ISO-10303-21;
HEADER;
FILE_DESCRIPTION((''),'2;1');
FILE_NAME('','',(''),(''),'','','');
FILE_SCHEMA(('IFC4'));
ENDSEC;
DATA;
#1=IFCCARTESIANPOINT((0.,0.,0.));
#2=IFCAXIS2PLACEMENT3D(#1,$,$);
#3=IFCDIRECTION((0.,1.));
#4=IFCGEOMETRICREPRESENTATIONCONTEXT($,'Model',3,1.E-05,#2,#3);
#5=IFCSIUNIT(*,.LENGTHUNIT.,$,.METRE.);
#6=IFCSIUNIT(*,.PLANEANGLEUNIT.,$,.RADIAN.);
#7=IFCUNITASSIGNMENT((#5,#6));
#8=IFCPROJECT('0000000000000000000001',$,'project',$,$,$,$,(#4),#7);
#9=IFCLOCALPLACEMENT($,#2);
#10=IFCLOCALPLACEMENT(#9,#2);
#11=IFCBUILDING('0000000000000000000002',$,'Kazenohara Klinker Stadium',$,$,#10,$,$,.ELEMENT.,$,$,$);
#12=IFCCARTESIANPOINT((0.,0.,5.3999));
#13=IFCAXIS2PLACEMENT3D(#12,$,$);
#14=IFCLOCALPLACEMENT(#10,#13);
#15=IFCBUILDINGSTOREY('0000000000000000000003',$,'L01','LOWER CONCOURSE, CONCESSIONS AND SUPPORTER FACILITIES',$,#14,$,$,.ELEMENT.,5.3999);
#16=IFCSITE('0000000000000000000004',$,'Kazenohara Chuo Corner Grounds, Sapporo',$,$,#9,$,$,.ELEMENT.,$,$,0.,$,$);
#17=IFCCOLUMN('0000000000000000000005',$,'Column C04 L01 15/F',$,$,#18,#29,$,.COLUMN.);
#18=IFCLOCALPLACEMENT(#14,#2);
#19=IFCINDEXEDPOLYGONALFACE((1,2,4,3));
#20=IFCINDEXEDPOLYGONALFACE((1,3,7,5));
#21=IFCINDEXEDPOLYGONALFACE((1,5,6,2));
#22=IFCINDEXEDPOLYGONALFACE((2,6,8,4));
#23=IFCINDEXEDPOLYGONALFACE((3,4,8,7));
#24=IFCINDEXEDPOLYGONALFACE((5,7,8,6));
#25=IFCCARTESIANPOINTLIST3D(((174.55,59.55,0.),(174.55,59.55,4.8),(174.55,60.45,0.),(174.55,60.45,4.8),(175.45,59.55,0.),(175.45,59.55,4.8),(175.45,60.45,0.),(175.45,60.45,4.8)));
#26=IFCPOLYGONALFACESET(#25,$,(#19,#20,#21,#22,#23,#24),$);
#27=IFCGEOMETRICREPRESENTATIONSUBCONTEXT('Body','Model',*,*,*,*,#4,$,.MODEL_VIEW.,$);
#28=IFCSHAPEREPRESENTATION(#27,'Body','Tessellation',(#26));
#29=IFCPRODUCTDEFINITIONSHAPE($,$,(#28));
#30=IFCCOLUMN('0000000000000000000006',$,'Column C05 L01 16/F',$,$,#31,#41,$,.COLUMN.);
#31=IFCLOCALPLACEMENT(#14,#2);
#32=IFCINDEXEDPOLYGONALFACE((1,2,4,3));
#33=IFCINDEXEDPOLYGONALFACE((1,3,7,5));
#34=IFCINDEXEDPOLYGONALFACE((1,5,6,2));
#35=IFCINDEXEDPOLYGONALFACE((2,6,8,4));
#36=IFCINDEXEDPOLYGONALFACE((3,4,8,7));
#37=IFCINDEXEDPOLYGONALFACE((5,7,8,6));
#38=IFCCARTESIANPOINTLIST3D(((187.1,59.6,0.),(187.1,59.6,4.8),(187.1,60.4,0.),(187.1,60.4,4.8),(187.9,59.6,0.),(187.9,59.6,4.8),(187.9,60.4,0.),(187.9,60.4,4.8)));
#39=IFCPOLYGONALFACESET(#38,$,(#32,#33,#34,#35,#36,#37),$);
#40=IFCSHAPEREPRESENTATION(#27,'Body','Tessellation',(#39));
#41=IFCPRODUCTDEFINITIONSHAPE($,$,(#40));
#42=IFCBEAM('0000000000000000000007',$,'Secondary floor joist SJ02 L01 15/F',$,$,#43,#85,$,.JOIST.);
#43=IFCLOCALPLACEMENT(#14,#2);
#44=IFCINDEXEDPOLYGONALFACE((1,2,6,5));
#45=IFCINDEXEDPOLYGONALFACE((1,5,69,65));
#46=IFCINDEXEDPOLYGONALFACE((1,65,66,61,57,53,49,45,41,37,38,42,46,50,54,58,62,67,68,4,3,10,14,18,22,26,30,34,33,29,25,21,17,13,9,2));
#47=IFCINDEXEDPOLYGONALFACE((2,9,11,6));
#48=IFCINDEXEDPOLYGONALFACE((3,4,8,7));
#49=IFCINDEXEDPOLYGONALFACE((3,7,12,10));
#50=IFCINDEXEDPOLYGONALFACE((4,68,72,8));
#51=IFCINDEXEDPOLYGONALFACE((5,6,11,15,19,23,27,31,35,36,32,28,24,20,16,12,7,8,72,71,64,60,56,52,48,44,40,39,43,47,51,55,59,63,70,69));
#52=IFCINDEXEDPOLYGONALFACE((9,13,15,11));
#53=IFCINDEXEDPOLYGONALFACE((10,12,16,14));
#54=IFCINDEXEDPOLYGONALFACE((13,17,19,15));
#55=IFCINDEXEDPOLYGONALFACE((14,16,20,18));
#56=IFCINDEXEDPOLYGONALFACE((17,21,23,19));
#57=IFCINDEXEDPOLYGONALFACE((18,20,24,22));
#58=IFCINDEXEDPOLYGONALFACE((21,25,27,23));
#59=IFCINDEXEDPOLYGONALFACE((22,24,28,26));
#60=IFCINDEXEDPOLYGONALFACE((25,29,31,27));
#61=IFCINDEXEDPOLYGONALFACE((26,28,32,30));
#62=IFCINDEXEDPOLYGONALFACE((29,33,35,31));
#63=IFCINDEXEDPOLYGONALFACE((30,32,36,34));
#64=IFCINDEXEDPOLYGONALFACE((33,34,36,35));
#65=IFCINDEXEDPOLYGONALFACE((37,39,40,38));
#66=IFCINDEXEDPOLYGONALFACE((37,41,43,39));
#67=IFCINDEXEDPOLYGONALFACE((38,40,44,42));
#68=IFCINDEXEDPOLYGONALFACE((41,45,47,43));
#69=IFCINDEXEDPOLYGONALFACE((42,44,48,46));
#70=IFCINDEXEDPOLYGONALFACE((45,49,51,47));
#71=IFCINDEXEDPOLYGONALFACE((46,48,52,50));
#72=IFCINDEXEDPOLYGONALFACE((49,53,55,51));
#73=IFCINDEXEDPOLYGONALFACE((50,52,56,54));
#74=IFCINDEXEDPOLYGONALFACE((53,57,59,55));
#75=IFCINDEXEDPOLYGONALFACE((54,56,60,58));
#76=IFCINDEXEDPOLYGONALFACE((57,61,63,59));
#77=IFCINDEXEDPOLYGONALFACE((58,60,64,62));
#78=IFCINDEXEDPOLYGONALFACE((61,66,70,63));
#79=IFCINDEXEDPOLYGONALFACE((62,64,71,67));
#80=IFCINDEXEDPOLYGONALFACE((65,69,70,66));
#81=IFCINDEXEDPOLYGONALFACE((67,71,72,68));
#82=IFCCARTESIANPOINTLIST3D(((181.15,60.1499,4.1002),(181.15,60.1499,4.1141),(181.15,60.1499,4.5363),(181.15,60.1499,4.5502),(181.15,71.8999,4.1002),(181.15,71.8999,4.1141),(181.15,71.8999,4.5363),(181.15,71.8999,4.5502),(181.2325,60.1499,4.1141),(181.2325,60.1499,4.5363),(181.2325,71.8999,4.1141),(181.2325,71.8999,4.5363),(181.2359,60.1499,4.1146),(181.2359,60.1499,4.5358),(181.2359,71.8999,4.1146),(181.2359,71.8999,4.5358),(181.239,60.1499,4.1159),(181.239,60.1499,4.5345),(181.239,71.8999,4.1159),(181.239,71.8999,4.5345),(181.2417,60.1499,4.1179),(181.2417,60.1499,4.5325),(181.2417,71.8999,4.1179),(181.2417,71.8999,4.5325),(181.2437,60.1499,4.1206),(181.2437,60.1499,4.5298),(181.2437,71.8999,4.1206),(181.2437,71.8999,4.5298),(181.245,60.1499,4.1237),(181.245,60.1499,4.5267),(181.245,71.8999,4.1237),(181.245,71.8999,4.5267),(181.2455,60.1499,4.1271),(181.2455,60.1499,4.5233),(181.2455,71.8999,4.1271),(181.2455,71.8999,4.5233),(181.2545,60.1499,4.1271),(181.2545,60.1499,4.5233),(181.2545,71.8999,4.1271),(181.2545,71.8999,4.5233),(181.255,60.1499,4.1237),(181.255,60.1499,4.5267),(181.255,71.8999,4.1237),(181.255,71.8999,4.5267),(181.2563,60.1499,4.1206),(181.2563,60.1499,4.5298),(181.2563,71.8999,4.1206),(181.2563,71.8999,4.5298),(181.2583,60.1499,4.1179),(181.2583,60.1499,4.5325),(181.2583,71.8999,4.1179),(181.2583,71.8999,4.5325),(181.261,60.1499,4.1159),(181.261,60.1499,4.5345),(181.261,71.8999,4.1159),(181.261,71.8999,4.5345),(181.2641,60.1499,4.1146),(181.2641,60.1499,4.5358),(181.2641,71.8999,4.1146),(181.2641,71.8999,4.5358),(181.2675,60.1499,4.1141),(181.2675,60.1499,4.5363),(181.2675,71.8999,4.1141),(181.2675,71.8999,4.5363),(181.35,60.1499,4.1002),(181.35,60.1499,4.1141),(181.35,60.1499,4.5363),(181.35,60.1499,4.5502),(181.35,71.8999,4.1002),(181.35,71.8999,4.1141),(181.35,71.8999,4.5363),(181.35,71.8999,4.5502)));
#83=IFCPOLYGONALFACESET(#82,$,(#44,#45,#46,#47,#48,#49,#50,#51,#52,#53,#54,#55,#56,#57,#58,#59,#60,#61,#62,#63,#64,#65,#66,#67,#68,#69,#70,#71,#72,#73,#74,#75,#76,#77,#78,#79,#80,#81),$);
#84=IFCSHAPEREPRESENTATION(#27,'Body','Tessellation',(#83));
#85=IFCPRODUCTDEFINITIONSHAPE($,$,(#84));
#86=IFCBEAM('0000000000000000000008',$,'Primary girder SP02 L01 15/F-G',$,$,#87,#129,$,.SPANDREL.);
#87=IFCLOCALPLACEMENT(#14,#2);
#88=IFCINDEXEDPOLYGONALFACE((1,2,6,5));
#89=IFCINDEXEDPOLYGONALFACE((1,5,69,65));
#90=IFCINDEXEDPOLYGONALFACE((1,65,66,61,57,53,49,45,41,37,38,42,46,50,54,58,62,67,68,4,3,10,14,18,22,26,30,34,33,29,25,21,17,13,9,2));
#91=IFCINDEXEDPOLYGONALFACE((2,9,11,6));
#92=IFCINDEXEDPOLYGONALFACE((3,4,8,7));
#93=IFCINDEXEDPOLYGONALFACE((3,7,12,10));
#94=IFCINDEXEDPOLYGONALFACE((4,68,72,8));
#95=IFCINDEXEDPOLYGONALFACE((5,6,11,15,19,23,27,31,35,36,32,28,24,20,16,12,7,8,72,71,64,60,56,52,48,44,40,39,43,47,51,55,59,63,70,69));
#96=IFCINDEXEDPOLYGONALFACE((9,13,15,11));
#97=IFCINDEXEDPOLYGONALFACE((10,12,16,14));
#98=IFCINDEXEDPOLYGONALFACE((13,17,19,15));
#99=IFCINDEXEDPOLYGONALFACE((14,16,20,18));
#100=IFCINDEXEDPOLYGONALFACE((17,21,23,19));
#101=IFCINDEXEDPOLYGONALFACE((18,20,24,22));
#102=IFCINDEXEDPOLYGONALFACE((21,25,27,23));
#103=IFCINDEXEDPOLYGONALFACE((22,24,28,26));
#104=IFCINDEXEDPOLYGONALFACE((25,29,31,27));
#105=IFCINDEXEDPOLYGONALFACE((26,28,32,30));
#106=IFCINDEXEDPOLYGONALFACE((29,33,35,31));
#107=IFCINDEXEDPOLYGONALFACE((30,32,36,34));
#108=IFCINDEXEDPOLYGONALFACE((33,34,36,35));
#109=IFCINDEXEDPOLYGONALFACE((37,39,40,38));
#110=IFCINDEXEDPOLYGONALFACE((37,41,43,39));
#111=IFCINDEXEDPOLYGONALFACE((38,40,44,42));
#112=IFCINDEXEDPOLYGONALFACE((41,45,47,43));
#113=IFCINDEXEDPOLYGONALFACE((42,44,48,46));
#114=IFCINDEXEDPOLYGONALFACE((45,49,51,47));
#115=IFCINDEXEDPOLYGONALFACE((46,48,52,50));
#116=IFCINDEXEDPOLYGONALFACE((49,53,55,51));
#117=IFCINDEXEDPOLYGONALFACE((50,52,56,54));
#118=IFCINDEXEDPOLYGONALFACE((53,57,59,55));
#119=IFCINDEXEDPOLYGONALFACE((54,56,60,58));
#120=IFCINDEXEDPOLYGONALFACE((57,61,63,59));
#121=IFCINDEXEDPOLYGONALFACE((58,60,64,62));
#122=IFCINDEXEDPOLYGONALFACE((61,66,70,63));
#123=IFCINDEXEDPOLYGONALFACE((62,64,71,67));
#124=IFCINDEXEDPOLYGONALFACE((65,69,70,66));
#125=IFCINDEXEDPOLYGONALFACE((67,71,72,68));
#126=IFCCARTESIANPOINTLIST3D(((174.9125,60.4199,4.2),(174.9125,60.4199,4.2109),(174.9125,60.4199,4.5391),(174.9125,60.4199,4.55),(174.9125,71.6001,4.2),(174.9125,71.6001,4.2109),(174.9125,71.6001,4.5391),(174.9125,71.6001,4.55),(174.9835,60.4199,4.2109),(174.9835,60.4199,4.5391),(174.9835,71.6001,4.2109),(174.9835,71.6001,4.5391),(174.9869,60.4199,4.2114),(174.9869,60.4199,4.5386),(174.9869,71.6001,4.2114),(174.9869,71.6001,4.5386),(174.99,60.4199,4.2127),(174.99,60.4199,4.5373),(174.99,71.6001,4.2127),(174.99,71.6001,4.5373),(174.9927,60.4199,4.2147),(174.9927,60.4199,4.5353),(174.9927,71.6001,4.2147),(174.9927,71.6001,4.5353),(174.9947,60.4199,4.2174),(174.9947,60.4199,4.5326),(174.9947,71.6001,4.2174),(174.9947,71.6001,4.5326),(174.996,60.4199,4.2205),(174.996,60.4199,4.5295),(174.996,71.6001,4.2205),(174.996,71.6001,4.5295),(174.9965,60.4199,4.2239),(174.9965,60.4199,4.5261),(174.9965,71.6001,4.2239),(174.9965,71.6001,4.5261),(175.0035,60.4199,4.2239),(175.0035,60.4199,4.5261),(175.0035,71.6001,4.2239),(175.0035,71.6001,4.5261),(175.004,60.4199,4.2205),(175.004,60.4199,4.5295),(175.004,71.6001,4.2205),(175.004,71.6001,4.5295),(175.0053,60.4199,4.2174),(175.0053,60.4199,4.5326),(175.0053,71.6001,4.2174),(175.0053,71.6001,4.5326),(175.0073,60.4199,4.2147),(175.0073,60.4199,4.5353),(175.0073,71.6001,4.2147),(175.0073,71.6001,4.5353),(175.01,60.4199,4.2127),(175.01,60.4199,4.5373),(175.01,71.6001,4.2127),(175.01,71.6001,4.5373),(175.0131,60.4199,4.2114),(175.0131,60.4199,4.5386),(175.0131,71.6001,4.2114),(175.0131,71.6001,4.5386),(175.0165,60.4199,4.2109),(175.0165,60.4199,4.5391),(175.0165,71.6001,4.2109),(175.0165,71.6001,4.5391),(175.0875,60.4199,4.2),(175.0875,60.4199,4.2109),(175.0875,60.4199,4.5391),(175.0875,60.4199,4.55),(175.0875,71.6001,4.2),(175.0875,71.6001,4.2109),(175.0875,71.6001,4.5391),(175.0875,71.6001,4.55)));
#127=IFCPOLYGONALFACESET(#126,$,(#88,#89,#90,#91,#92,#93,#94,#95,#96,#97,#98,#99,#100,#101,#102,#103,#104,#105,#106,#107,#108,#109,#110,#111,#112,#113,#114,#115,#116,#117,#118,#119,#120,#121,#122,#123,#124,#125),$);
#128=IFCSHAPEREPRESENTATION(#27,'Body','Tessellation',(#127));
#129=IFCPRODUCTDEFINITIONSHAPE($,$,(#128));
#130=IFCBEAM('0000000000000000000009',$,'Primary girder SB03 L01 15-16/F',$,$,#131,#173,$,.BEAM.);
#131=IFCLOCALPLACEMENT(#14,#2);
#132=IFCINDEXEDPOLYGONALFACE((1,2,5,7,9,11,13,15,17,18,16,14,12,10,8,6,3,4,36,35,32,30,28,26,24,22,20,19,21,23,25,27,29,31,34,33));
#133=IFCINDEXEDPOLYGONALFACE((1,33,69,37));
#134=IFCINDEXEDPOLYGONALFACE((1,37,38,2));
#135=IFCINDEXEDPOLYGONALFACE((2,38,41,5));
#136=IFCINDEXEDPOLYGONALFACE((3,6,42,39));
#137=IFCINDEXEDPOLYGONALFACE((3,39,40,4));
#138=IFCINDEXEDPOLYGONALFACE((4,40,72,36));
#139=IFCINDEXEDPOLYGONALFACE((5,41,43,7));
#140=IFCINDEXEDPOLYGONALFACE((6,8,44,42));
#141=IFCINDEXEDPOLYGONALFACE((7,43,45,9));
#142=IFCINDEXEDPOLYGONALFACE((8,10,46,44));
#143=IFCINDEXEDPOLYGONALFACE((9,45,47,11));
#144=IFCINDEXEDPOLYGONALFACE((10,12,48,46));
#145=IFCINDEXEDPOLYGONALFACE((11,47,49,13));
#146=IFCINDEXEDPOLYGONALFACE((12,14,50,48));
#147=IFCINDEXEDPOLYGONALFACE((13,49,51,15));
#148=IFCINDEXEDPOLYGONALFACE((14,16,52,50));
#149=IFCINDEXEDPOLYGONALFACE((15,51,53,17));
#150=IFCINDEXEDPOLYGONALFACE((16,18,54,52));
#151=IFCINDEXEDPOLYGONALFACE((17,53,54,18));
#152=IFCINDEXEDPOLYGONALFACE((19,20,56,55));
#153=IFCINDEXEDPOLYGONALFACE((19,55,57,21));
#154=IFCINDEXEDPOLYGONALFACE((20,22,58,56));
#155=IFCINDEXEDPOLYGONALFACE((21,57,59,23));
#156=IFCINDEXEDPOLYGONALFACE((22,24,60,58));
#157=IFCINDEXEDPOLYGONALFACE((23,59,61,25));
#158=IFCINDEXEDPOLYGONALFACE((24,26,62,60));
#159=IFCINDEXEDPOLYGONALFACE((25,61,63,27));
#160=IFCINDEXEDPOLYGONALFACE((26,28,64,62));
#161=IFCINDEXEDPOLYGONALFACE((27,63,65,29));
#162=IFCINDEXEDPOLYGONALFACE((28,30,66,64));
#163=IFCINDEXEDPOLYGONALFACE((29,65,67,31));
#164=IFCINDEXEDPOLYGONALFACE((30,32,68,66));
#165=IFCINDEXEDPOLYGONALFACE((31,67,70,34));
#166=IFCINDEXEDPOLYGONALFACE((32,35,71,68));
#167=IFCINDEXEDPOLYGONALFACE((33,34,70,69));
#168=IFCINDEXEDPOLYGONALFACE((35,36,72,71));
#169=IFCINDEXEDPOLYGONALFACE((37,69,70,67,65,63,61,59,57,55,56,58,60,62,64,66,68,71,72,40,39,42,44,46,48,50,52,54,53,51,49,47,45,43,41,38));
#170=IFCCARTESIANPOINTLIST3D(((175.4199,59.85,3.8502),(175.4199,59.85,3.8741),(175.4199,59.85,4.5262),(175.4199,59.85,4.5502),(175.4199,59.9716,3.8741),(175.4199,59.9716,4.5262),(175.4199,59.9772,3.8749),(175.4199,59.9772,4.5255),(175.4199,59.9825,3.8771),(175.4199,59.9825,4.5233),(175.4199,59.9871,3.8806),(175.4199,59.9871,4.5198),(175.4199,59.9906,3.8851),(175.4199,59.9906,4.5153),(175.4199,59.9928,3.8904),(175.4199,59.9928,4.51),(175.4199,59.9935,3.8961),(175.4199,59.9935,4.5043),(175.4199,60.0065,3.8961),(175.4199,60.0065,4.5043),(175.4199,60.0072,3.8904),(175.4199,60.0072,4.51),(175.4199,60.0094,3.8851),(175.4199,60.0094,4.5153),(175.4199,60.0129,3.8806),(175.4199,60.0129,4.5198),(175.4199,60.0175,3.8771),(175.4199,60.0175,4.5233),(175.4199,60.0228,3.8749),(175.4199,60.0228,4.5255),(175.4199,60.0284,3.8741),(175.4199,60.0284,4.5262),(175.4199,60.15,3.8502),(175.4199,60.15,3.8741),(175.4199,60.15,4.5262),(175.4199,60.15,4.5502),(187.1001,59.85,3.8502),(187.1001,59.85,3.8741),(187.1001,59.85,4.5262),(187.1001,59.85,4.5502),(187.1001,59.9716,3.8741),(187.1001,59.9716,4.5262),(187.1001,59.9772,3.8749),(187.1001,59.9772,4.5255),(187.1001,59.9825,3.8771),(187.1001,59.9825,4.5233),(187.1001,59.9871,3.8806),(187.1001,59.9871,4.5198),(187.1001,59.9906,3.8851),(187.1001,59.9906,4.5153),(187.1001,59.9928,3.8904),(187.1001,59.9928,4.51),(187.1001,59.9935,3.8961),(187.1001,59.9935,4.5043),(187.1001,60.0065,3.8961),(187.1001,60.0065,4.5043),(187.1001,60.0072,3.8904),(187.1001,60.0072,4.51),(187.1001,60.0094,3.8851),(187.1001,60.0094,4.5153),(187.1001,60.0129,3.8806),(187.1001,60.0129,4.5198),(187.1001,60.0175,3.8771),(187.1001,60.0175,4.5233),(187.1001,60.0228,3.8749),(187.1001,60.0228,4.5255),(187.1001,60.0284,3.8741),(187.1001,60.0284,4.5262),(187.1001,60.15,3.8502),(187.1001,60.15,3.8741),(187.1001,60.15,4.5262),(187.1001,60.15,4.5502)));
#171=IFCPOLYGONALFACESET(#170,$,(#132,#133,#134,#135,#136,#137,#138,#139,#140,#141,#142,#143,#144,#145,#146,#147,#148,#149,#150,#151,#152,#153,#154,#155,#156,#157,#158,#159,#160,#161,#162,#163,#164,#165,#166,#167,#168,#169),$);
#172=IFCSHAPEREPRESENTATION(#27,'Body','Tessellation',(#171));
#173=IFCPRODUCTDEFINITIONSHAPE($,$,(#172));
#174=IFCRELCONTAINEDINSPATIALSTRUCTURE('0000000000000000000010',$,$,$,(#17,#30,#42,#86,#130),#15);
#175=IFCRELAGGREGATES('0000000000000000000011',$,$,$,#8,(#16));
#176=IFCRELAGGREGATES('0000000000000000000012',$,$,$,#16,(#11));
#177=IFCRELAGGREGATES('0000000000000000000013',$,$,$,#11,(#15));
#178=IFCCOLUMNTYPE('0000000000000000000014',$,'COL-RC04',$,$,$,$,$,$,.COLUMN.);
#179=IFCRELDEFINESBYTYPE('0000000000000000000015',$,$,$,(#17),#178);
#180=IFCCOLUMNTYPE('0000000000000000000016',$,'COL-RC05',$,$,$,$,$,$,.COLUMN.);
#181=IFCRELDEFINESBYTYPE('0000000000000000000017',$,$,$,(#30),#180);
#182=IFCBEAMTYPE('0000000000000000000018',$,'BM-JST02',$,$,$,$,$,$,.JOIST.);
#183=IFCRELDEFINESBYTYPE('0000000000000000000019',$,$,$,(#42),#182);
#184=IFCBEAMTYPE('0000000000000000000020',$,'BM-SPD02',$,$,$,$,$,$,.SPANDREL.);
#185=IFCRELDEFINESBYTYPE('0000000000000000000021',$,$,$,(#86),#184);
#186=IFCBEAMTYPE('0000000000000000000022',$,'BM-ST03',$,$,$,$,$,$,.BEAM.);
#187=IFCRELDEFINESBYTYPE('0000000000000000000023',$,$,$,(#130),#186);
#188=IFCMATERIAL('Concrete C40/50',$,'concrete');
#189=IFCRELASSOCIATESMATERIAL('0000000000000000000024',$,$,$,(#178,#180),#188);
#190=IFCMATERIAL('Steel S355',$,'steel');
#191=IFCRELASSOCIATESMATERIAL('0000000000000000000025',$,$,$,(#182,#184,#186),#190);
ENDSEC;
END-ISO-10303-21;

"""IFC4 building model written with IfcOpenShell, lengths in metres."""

from ifc_helpers import new_model, si_unit, direction, frame, origin, origin_2d, place, context, subcontext, project, spatial, rectangle, i_section, extrude, material, material_profile, profile_set, type_object, element, save


model = new_model("IFC4")

# Units and contexts
model_context = context("Model", 3, precision=1e-05, world=origin(), true_north=direction((0.0, 1.0)))
body_context = subcontext(model_context, "Body", "Model", "MODEL_VIEW")
ifc_project = project(units=[si_unit("LENGTHUNIT", "METRE"), si_unit("PLANEANGLEUNIT", "RADIAN")], contexts=[model_context])

# Site, building, storey
site_placement = place(None, origin())
site = spatial("IfcSite", under=ifc_project, at=site_placement, Name="Kazenohara Chuo Corner Grounds, Sapporo", CompositionType="ELEMENT", RefElevation=0.0)
building_placement = place(site_placement, origin())
building = spatial("IfcBuilding", under=site, at=building_placement, Name="Kazenohara Klinker Stadium", CompositionType="ELEMENT")
storey_placement = place(building_placement, frame((0.0, 0.0, 5.3999)))
storey = spatial("IfcBuildingStorey", under=building, at=storey_placement, Name="L01", Description="LOWER CONCOURSE, CONCESSIONS AND SUPPORTER FACILITIES", CompositionType="ELEMENT", Elevation=5.3999)

# Columns
ifc_material_1 = material(Name="Concrete C40/50", Category="concrete")
ifc_material_profile_1 = material_profile(ifc_material_1, rectangle(XDim=0.8999, YDim=0.8999, at=origin_2d()), Name="RC-COL-900x900")
ifc_profile_set_1 = profile_set([ifc_material_profile_1], Name="Concrete C40/50")
column_type_1 = type_object("IfcColumnType", Name="COL-RC04", PredefinedType="COLUMN", material=ifc_profile_set_1)
column_1_placement = place(storey_placement, frame((175.0, 60.0, 0.0), z_axis=(0.0, 0.0, 1.0), x_axis=(1.0, 0.0, 0.0)))
element("IfcColumn", 1, at=column_1_placement, inside=storey, type_object=column_type_1, Name="Column C04 L01 15/F", PredefinedType="COLUMN", context=body_context, shape_type="SweptSolid", body=[
    extrude(rectangle(XDim=0.8999, YDim=0.8999, at=origin_2d()), origin(), (0.0, 0.0, 1.0), 4.8),
])
ifc_material_profile_2 = material_profile(ifc_material_1, rectangle(XDim=0.8, YDim=0.8, at=origin_2d()), Name="RC-COL-800x800")
ifc_profile_set_2 = profile_set([ifc_material_profile_2], Name="Concrete C40/50")
column_type_2 = type_object("IfcColumnType", Name="COL-RC05", PredefinedType="COLUMN", material=ifc_profile_set_2)
column_2_placement = place(storey_placement, frame((187.5, 60.0, 0.0), z_axis=(0.0, 0.0, 1.0), x_axis=(1.0, 0.0, 0.0)))
element("IfcColumn", 2, at=column_2_placement, inside=storey, type_object=column_type_2, Name="Column C05 L01 16/F", PredefinedType="COLUMN", context=body_context, shape_type="SweptSolid", body=[
    extrude(rectangle(XDim=0.8, YDim=0.8, at=origin_2d()), origin(), (0.0, 0.0, 1.0), 4.8),
])

# Beams
ifc_material_2 = material(Name="Steel S355", Category="steel")
ifc_material_profile_3 = material_profile(ifc_material_2, i_section(OverallWidth=0.2, OverallDepth=0.45, WebThickness=0.009, FlangeThickness=0.0139, FilletRadius=0.0129, at=origin_2d()), Name="H-450x200x9x14")
ifc_profile_set_3 = profile_set([ifc_material_profile_3], Name="Steel S355")
beam_type_1 = type_object("IfcBeamType", Name="BM-JST02", PredefinedType="JOIST", material=ifc_profile_set_3)
beam_1_placement = place(storey_placement, frame((181.25, 60.1499, 4.3252), z_axis=(0.0, 1.0, 0.0), x_axis=(-1.0, 0.0, 0.0)))
element("IfcBeam", 3, at=beam_1_placement, inside=storey, type_object=beam_type_1, Name="Secondary floor joist SJ02 L01 15/F", PredefinedType="JOIST", context=body_context, shape_type="SweptSolid", body=[
    extrude(i_section(OverallWidth=0.2, OverallDepth=0.45, WebThickness=0.009, FlangeThickness=0.0139, FilletRadius=0.0129, at=origin_2d()), origin(), (0.0, 0.0, 1.0), 11.75),
])
ifc_material_profile_4 = material_profile(ifc_material_2, i_section(OverallWidth=0.175, OverallDepth=0.3501, WebThickness=0.0071, FlangeThickness=0.011, FilletRadius=0.0129, at=origin_2d()), Name="H-350x175x7x11")
ifc_profile_set_4 = profile_set([ifc_material_profile_4], Name="Steel S355")
beam_type_2 = type_object("IfcBeamType", Name="BM-SPD02", PredefinedType="SPANDREL", material=ifc_profile_set_4)
beam_2_placement = place(storey_placement, frame((175.0, 60.4199, 4.375), z_axis=(0.0, 1.0, 0.0), x_axis=(-1.0, 0.0, 0.0)))
element("IfcBeam", 4, at=beam_2_placement, inside=storey, type_object=beam_type_2, Name="Primary girder SP02 L01 15/F-G", PredefinedType="SPANDREL", context=body_context, shape_type="SweptSolid", body=[
    extrude(i_section(OverallWidth=0.175, OverallDepth=0.3501, WebThickness=0.0071, FlangeThickness=0.011, FilletRadius=0.0129, at=origin_2d()), origin(), (0.0, 0.0, 1.0), 11.1802),
])
ifc_material_profile_5 = material_profile(ifc_material_2, i_section(OverallWidth=0.3, OverallDepth=0.7, WebThickness=0.0129, FlangeThickness=0.0239, FilletRadius=0.022, at=origin_2d()), Name="H-700x300x13x24")
ifc_profile_set_5 = profile_set([ifc_material_profile_5], Name="Steel S355")
beam_type_3 = type_object("IfcBeamType", Name="BM-ST03", PredefinedType="BEAM", material=ifc_profile_set_5)
beam_3_placement = place(storey_placement, frame((175.4199, 60.0, 4.2002), z_axis=(1.0, 0.0, 0.0), x_axis=(0.0, 1.0, 0.0)))
element("IfcBeam", 5, at=beam_3_placement, inside=storey, type_object=beam_type_3, Name="Primary girder SB03 L01 15-16/F", PredefinedType="BEAM", context=body_context, shape_type="SweptSolid", body=[
    extrude(i_section(OverallWidth=0.3, OverallDepth=0.7, WebThickness=0.0129, FlangeThickness=0.0239, FilletRadius=0.022, at=origin_2d()), origin(), (0.0, 0.0, 1.0), 11.6802),
])

save(model, "model.ifc")
